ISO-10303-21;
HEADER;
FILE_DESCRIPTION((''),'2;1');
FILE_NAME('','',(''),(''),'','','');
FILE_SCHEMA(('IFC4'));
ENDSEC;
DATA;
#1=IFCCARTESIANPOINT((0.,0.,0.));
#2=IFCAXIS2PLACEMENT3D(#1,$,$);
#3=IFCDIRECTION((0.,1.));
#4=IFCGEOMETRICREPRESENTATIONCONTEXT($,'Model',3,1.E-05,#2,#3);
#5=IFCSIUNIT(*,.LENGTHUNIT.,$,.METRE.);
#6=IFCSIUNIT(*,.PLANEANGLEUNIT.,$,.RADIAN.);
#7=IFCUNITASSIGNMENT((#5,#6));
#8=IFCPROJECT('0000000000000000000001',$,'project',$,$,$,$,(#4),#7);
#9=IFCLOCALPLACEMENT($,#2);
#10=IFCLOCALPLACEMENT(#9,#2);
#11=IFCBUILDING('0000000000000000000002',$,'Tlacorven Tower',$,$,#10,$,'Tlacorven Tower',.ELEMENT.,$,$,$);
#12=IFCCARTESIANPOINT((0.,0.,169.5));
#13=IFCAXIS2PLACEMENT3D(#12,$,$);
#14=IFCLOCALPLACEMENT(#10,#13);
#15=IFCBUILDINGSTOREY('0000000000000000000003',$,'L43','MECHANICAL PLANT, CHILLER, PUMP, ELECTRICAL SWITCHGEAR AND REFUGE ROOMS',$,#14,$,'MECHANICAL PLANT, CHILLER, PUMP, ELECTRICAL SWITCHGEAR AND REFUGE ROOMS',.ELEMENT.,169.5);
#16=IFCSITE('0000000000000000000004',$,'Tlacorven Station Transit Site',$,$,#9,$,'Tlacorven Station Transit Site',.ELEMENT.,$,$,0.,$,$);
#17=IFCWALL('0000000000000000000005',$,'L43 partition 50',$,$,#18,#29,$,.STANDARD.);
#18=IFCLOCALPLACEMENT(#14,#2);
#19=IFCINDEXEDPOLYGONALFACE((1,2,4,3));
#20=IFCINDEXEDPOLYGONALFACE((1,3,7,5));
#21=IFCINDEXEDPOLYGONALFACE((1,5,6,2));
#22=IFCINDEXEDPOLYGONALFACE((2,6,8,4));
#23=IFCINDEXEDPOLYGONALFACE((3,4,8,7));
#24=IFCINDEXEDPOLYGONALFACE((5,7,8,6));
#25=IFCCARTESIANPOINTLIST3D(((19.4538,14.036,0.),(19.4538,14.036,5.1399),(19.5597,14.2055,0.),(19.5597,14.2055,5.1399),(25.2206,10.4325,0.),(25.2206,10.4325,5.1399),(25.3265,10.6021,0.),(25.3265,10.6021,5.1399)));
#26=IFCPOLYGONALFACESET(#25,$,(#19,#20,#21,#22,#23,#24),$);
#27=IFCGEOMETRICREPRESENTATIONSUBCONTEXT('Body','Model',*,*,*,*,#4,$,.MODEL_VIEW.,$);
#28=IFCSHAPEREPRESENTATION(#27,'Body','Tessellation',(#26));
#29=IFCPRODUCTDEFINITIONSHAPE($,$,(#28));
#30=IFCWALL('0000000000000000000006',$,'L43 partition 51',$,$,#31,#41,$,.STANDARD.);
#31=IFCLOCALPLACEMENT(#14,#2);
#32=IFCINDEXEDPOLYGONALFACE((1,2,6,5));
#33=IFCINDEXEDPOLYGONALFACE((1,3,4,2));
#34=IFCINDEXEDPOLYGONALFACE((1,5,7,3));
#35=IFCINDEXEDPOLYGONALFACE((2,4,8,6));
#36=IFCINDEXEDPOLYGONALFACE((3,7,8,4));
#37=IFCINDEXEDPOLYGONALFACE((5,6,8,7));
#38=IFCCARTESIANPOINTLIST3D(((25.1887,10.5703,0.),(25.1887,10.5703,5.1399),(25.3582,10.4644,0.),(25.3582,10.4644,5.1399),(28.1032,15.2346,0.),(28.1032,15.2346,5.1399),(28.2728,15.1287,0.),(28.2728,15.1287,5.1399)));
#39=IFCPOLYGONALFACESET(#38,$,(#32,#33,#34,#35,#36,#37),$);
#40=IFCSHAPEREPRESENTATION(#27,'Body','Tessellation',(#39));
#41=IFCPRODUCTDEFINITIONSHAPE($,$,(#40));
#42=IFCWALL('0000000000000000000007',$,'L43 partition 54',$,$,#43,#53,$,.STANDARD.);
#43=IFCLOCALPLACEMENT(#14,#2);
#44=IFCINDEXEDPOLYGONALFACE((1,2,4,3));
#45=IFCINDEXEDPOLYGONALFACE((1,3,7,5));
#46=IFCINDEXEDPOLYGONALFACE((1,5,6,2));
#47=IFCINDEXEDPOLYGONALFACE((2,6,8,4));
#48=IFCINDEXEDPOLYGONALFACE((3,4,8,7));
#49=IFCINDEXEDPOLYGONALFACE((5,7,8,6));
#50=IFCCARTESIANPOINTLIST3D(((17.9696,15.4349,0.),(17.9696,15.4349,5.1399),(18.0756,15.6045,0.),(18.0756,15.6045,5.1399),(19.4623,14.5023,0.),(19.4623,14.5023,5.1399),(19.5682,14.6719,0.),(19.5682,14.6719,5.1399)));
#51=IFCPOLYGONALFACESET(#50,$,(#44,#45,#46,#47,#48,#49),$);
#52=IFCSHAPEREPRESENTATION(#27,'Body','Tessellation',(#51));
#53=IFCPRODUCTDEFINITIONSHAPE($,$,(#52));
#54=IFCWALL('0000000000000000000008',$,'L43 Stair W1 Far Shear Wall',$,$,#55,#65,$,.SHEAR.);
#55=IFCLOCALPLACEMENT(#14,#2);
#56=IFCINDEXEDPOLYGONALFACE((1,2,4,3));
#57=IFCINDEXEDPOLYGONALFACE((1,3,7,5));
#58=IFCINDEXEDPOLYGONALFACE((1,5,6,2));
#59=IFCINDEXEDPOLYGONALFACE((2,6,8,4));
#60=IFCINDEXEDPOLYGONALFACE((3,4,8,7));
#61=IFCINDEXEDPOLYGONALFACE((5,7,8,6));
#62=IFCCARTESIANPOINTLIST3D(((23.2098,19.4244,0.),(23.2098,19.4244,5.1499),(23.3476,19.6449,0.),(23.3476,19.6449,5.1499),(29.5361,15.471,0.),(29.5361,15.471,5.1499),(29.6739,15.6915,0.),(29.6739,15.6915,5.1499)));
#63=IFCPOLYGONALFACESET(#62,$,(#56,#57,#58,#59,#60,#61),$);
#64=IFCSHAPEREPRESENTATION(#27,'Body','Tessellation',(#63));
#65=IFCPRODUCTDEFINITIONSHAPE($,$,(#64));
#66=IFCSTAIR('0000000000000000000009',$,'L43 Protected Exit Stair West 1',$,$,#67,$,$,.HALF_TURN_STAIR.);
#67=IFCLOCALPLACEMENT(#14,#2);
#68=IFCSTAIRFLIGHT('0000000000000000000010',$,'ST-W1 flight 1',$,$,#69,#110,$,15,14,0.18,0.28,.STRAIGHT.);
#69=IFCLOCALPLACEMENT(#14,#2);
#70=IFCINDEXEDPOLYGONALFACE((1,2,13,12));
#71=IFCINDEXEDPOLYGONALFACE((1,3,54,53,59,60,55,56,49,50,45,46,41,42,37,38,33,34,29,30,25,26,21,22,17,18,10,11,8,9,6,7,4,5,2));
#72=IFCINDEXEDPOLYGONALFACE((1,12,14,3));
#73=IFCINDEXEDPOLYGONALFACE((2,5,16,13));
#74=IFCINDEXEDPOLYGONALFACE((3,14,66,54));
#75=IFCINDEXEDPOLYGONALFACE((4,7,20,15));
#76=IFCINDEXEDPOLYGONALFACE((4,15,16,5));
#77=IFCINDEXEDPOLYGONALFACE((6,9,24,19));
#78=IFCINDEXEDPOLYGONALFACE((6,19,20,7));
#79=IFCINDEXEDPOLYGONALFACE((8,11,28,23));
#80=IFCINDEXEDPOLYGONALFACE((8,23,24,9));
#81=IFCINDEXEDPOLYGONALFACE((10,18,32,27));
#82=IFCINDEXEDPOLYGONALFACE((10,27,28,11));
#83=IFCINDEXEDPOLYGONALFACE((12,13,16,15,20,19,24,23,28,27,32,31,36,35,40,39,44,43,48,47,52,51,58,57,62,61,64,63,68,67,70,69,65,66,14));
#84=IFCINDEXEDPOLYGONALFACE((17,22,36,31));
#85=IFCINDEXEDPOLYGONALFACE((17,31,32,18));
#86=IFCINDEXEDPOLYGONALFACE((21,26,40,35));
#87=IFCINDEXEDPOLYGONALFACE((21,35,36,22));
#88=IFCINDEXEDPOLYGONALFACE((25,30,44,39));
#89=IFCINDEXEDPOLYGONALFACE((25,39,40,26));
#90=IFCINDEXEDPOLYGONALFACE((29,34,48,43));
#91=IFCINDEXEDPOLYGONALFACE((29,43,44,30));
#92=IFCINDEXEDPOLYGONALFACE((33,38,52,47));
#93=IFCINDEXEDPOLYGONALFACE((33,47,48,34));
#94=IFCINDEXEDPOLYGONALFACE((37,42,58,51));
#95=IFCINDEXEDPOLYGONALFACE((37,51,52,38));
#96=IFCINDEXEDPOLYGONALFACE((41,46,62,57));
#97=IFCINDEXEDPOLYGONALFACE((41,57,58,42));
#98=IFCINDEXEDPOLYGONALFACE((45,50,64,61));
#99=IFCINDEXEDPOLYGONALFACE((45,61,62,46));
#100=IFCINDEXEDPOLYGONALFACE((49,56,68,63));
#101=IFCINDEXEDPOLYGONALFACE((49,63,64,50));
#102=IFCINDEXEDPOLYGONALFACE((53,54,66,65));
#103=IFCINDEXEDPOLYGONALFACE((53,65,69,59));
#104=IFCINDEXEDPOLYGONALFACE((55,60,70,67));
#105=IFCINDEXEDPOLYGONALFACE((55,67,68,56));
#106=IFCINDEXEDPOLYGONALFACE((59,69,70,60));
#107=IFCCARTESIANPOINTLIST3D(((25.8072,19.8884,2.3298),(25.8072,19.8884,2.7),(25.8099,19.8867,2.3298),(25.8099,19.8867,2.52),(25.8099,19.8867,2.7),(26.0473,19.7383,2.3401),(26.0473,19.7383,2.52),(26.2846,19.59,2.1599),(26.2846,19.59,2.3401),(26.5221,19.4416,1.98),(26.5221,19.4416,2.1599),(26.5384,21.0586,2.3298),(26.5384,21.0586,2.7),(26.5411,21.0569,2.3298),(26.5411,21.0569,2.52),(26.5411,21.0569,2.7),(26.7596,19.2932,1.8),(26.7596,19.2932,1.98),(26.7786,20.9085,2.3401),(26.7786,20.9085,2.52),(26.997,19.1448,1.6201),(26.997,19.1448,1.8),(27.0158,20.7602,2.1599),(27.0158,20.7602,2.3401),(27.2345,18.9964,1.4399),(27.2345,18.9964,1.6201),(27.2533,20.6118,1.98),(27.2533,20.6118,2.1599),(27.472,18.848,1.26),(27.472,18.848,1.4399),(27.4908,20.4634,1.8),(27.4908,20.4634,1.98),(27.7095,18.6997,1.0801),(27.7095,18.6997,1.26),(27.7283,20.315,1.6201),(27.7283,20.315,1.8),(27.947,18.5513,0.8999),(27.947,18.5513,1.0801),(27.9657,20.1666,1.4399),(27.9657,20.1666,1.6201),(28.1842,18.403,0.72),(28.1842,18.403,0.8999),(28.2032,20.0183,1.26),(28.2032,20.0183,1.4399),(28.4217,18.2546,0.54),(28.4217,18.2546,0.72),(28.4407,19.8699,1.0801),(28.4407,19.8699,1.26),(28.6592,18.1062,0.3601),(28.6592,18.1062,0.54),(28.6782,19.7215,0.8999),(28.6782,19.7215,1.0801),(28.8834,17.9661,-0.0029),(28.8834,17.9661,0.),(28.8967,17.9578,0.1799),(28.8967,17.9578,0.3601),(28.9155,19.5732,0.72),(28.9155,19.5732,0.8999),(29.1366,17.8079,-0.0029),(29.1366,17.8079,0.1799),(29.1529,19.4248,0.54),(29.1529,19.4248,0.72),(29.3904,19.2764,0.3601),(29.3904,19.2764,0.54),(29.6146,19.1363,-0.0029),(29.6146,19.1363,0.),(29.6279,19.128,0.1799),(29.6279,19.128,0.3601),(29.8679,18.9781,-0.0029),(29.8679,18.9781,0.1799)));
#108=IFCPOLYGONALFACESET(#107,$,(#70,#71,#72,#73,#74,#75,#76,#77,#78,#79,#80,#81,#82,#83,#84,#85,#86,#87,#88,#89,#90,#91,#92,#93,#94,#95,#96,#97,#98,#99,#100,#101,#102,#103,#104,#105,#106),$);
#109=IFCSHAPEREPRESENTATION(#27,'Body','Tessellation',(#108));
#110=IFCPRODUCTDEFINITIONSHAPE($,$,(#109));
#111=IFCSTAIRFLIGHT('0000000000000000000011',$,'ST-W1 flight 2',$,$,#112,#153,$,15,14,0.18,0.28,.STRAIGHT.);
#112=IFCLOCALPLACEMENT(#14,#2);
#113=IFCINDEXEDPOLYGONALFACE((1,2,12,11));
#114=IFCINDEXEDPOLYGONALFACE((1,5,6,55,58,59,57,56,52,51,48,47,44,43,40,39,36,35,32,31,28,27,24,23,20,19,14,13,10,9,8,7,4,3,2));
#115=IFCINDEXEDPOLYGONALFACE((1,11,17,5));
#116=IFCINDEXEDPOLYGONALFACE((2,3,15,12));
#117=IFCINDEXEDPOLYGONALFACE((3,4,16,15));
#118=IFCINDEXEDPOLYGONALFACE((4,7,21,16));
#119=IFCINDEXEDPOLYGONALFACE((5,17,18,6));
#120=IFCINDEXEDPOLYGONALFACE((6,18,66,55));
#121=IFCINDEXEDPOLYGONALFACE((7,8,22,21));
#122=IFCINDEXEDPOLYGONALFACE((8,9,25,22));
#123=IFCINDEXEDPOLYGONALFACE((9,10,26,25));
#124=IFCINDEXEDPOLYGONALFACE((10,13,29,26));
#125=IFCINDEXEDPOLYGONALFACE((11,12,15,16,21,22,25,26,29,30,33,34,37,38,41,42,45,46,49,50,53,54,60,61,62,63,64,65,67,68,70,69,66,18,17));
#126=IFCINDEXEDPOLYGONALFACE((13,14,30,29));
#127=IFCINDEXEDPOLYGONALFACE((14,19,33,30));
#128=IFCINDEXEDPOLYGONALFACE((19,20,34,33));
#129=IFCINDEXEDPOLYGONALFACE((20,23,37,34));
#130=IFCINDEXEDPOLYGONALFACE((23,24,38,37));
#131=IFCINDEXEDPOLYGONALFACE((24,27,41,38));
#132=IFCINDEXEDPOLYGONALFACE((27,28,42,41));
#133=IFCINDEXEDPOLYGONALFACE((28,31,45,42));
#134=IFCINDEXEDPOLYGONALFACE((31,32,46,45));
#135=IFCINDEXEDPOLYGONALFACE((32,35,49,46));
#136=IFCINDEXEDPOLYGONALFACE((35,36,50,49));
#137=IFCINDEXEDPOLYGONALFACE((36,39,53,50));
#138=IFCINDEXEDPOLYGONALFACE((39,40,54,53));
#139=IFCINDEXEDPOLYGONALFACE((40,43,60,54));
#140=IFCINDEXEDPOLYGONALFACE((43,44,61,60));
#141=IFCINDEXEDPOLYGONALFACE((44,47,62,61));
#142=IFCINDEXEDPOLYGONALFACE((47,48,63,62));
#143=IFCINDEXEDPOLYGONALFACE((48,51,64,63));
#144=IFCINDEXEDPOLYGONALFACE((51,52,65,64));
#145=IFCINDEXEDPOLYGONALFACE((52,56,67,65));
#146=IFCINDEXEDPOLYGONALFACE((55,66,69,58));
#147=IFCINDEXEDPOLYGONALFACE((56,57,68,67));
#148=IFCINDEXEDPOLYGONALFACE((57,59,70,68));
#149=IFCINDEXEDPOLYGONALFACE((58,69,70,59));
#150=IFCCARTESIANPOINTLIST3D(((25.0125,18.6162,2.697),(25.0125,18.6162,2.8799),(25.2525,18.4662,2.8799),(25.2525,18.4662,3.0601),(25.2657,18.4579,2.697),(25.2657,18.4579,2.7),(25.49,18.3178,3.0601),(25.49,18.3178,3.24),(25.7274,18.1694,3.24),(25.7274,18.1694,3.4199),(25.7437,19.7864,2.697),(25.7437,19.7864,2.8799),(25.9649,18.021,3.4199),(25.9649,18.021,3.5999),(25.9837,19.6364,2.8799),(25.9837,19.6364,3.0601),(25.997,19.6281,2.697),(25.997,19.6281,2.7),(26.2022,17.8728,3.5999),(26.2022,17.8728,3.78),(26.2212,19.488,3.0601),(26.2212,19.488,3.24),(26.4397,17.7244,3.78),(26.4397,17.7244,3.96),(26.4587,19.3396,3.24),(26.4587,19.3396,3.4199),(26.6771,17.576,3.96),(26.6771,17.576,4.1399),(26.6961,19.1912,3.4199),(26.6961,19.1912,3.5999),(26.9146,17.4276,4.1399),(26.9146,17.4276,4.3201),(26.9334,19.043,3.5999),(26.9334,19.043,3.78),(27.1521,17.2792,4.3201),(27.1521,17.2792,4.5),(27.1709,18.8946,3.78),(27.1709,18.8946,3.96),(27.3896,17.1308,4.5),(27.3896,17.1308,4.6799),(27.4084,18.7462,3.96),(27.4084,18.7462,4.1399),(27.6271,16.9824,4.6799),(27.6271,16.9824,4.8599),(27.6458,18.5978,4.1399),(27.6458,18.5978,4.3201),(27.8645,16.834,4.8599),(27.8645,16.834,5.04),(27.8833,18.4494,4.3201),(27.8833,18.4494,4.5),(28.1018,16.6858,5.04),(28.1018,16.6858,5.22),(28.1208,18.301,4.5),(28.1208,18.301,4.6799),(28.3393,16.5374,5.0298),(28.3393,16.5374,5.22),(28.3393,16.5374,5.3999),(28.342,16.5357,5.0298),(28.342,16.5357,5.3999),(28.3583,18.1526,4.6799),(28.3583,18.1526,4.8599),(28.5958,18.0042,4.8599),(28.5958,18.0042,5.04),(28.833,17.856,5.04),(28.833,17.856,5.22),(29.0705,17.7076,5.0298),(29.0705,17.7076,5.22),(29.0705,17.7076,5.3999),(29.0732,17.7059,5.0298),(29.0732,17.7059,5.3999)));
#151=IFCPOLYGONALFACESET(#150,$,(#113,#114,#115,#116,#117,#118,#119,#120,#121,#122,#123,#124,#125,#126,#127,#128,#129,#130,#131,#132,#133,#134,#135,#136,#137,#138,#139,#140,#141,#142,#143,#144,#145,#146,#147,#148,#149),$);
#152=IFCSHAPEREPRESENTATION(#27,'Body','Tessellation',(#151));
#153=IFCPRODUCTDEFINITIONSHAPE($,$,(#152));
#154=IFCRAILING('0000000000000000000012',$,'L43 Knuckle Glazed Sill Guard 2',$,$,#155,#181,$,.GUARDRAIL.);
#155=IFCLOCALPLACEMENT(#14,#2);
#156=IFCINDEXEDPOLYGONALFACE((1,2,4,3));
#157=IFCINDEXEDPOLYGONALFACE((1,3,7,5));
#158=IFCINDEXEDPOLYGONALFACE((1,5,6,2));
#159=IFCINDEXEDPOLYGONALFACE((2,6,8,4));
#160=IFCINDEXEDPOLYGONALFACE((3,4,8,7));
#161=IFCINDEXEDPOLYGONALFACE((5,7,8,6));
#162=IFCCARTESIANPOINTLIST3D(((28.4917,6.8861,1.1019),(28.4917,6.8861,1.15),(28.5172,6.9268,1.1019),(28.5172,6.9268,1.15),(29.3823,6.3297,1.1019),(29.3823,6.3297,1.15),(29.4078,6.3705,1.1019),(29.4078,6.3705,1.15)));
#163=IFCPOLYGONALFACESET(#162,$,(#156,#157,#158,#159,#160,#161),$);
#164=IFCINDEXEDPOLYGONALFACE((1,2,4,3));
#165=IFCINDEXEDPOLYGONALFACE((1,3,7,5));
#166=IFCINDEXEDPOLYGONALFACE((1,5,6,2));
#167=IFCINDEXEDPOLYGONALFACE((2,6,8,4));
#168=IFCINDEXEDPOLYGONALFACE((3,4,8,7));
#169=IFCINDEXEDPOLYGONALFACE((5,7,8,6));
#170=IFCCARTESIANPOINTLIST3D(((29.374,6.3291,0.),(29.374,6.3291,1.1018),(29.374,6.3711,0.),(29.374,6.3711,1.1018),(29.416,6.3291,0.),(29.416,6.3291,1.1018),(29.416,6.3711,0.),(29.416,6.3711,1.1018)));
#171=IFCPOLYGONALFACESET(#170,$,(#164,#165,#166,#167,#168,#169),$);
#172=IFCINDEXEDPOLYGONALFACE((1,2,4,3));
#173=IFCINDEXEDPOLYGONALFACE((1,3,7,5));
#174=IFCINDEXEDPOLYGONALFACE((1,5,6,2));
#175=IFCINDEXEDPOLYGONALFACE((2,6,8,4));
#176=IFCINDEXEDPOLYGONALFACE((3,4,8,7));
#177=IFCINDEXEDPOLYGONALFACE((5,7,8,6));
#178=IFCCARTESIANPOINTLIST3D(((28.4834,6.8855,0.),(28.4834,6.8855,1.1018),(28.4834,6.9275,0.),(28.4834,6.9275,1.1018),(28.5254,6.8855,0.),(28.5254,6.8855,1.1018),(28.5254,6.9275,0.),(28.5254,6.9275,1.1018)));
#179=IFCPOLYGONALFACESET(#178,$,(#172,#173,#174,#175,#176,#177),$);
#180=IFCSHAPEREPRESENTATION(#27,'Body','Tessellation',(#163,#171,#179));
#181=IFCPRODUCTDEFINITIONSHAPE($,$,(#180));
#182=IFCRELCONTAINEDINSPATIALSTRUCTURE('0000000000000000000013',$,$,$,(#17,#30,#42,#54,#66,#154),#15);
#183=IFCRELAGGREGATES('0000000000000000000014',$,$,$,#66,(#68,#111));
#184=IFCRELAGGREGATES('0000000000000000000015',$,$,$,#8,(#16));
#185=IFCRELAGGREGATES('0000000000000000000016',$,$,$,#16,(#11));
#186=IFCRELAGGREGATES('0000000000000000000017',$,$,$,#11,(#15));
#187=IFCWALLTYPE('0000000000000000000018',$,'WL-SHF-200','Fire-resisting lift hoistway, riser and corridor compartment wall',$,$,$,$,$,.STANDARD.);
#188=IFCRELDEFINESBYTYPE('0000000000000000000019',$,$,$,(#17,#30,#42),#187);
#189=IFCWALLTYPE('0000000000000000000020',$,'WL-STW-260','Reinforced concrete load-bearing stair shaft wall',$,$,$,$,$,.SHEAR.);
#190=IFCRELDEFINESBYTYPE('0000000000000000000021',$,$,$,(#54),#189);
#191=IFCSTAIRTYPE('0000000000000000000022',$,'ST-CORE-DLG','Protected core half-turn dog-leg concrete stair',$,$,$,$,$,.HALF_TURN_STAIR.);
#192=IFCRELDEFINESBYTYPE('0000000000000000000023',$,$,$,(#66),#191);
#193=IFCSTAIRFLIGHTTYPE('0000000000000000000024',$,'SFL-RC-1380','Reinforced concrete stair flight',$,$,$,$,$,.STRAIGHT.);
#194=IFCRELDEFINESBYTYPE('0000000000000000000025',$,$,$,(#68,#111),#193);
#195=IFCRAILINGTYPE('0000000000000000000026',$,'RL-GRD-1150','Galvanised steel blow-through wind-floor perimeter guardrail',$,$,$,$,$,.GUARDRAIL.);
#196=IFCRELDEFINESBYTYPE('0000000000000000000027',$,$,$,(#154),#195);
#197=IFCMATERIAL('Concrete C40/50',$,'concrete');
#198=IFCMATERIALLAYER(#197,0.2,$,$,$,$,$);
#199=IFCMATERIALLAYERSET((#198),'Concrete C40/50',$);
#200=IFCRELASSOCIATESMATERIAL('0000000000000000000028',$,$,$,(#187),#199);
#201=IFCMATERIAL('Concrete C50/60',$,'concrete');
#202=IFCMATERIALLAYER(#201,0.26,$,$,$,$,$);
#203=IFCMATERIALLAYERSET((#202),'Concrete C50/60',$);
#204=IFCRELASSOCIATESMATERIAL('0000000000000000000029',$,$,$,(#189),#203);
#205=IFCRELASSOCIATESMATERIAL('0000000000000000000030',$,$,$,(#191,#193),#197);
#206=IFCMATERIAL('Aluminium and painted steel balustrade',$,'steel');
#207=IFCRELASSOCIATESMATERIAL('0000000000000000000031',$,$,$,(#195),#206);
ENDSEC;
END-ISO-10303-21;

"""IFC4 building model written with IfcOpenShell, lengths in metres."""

from ifc_helpers import new_model, si_unit, direction, frame, frame_2d, origin, origin_2d, place, context, subcontext, project, spatial, polyline, rectangle, outline, extrude, source, transform, mapped, material, layer, layer_set, type_object, element, aggregate, save


model = new_model("IFC4")

# Units and contexts
model_context = context("Model", 3, precision=1e-05, world=origin(), true_north=direction((0.0, 1.0)))
body_context = subcontext(model_context, "Body", "Model", "MODEL_VIEW")
ifc_project = project(units=[si_unit("LENGTHUNIT", "METRE"), si_unit("PLANEANGLEUNIT", "RADIAN")], contexts=[model_context])

# Site, building, storey
site_placement = place(None, origin())
site = spatial("IfcSite", under=ifc_project, at=site_placement, Name="Tlacorven Station Transit Site", LongName="Tlacorven Station Transit Site", CompositionType="ELEMENT", RefElevation=0.0)
building_placement = place(site_placement, origin())
building = spatial("IfcBuilding", under=site, at=building_placement, Name="Tlacorven Tower", LongName="Tlacorven Tower", CompositionType="ELEMENT")
storey_placement = place(building_placement, frame((0.0, 0.0, 169.5)))
storey = spatial("IfcBuildingStorey", under=building, at=storey_placement, Name="L43", Description="MECHANICAL PLANT, CHILLER, PUMP, ELECTRICAL SWITCHGEAR AND REFUGE ROOMS", LongName="MECHANICAL PLANT, CHILLER, PUMP, ELECTRICAL SWITCHGEAR AND REFUGE ROOMS", CompositionType="ELEMENT", Elevation=169.5)

# Walls
ifc_material_1 = material(Name="Concrete C40/50", Category="concrete")
ifc_layer_1 = layer(ifc_material_1, 0.2)
ifc_layer_set_1 = layer_set([ifc_layer_1], Name="Concrete C40/50")
wall_type_1 = type_object("IfcWallType", Name="WL-SHF-200", Description="Fire-resisting lift hoistway, riser and corridor compartment wall", PredefinedType="STANDARD", material=ifc_layer_set_1)
wall_1_placement = place(storey_placement, frame((25.2734, 10.5173, 0.0), z_axis=(0.0, 0.0, 1.0), x_axis=(-0.848049, 0.529918, 0.0)))
element("IfcWall", 1, at=wall_1_placement, inside=storey, type_object=wall_type_1, Name="L43 partition 50", PredefinedType="STANDARD", context=body_context, shape_type="SweptSolid", body=[
    extrude(rectangle(XDim=6.8, YDim=0.2, at=frame_2d((3.3999, 0.0))), origin(), (0.0, 0.0, 1.0), 5.1399),
])
wall_2_placement = place(storey_placement, frame((28.188, 15.1816, 0.0), z_axis=(0.0, 0.0, 1.0), x_axis=(-0.529915, -0.848051, 0.0)))
element("IfcWall", 2, at=wall_2_placement, inside=storey, type_object=wall_type_1, Name="L43 partition 51", PredefinedType="STANDARD", context=body_context, shape_type="SweptSolid", body=[
    extrude(rectangle(XDim=5.5, YDim=0.2, at=frame_2d((2.75, 0.0))), origin(), (0.0, 0.0, 1.0), 5.1399),
])

# Walls
wall_3_placement = place(storey_placement, frame((19.5151, 14.5872, 0.0), z_axis=(0.0, 0.0, 1.0), x_axis=(-0.848076, 0.529874, 0.0)))
element("IfcWall", 3, at=wall_3_placement, inside=storey, type_object=wall_type_1, Name="L43 partition 54", PredefinedType="STANDARD", context=body_context, shape_type="SweptSolid", body=[
    extrude(rectangle(XDim=1.76, YDim=0.2, at=frame_2d((0.8799, 0.0))), origin(), (0.0, 0.0, 1.0), 5.1399),
])
ifc_material_2 = material(Name="Concrete C50/60", Category="concrete")
ifc_layer_2 = layer(ifc_material_2, 0.26)
ifc_layer_set_2 = layer_set([ifc_layer_2], Name="Concrete C50/60")
wall_type_2 = type_object("IfcWallType", Name="WL-STW-260", Description="Reinforced concrete load-bearing stair shaft wall", PredefinedType="SHEAR", material=ifc_layer_set_2)
wall_4_placement = place(storey_placement, frame((29.605, 15.5813, 0.0), z_axis=(0.0, 0.0, 1.0), x_axis=(-0.848037, 0.529937, 0.0)))
element("IfcWall", 4, at=wall_4_placement, inside=storey, type_object=wall_type_2, Name="L43 Stair W1 Far Shear Wall", PredefinedType="SHEAR", context=body_context, shape_type="SweptSolid", body=[
    extrude(rectangle(XDim=7.46, YDim=0.26, at=frame_2d((3.73, 0.0))), origin(), (0.0, 0.0, 1.0), 5.1499),
])

# Stair, stair flights
stair_type = type_object("IfcStairType", Name="ST-CORE-DLG", Description="Protected core half-turn dog-leg concrete stair", PredefinedType="HALF_TURN_STAIR", material=ifc_material_1)
stair_placement = place(storey_placement, origin())
stair = element("IfcStair", 5, at=stair_placement, inside=storey, type_object=stair_type, Name="L43 Protected Exit Stair West 1", PredefinedType="HALF_TURN_STAIR")
stair_flight_type = type_object("IfcStairFlightType", Name="SFL-RC-1380", Description="Reinforced concrete stair flight", PredefinedType="STRAIGHT", material=ifc_material_1)
shared_shape_1 = source(origin(), body_context, "Body", "SweptSolid", [
    extrude(outline(polyline([(-0.0029, -0.0029), (-0.0029, 0.1799), (0.28, 0.1799), (0.28, 0.3601), (0.5601, 0.3601), (0.5601, 0.54), (0.8401, 0.54), (0.8401, 0.72), (1.1201, 0.72), (1.1201, 0.8999), (1.3999, 0.8999), (1.3999, 1.0801), (1.6799, 1.0801), (1.6799, 1.26), (1.96, 1.26), (1.96, 1.4399), (2.24, 1.4399), (2.24, 1.6201), (2.52, 1.6201), (2.52, 1.8), (2.8, 1.8), (2.8, 1.98), (3.0801, 1.98), (3.0801, 2.1599), (3.3601, 2.1599), (3.3601, 2.3401), (3.6399, 2.3401), (3.6399, 2.52), (3.9199, 2.52), (3.9199, 2.7), (3.9231, 2.7), (3.9231, 2.3298), (3.9199, 2.3298), (0.2957, 0.0), (0.2957, -0.0029), (-0.0029, -0.0029)])), frame((0.0, 0.6899, 0.0), z_axis=(0.0, -1.0, 0.0), x_axis=(1.0, 0.0, 0.0)), (0.0, 0.0, 1.0), 1.3799),
])
stair_flight_1_placement = place(storey_placement, frame((29.4998, 18.3945, 0.0), z_axis=(0.0, 0.0, 1.0), x_axis=(-0.848048, 0.529919, 0.0)))
stair_flight_1 = element("IfcStairFlight", 6, at=stair_flight_1_placement, type_object=stair_flight_type, Name="ST-W1 flight 1", NumberOfRisers=15, NumberOfTreads=14, PredefinedType="STRAIGHT", RiserHeight=0.18, TreadLength=0.28, context=body_context, shape_type="MappedRepresentation", body=[
    mapped(shared_shape_1, transform((0.0, 0.0, 0.0), scale=1.0)),
])
stair_flight_2_placement = place(storey_placement, frame((25.3806, 19.1997, 2.7), z_axis=(0.0, 0.0, 1.0), x_axis=(0.848048, -0.529919, 0.0)))
stair_flight_2 = element("IfcStairFlight", 7, at=stair_flight_2_placement, type_object=stair_flight_type, Name="ST-W1 flight 2", NumberOfRisers=15, NumberOfTreads=14, PredefinedType="STRAIGHT", RiserHeight=0.18, TreadLength=0.28, context=body_context, shape_type="MappedRepresentation", body=[
    mapped(shared_shape_1, transform((0.0, 0.0, 0.0), scale=1.0)),
])
aggregate(stair, [stair_flight_1, stair_flight_2])

# Railing
ifc_material_3 = material(Name="Aluminium and painted steel balustrade", Category="steel")
railing_type_1 = type_object("IfcRailingType", Name="RL-GRD-1150", Description="Galvanised steel blow-through wind-floor perimeter guardrail", PredefinedType="GUARDRAIL", material=ifc_material_3)
shared_shape_2 = source(origin(), body_context, "Body", "SweptSolid", [
    extrude(rectangle(XDim=0.0481, YDim=0.0481, at=origin_2d()), frame((0.0, 0.0, 1.126), z_axis=(-0.848103, 0.529832, 0.0), x_axis=(-0.529832, -0.848103, 0.0)), (0.0, 0.0, 1.0), 1.05),
    extrude(rectangle(XDim=0.042, YDim=0.042, at=origin_2d()), origin(), (0.0, 0.0, 1.0), 1.1018),
    extrude(rectangle(XDim=0.042, YDim=0.042, at=origin_2d()), frame((-0.8906, 0.5564, 0.0)), (0.0, 0.0, 1.0), 1.1018),
])
railing_1_placement = place(storey_placement, frame((29.395, 6.3501, 0.0)))
element("IfcRailing", 8, at=railing_1_placement, inside=storey, type_object=railing_type_1, Name="L43 Knuckle Glazed Sill Guard 2", PredefinedType="GUARDRAIL", context=body_context, shape_type="MappedRepresentation", body=[
    mapped(shared_shape_2, transform((0.0, 0.0, 0.0), scale=1.0)),
])

save(model, "model.ifc")
